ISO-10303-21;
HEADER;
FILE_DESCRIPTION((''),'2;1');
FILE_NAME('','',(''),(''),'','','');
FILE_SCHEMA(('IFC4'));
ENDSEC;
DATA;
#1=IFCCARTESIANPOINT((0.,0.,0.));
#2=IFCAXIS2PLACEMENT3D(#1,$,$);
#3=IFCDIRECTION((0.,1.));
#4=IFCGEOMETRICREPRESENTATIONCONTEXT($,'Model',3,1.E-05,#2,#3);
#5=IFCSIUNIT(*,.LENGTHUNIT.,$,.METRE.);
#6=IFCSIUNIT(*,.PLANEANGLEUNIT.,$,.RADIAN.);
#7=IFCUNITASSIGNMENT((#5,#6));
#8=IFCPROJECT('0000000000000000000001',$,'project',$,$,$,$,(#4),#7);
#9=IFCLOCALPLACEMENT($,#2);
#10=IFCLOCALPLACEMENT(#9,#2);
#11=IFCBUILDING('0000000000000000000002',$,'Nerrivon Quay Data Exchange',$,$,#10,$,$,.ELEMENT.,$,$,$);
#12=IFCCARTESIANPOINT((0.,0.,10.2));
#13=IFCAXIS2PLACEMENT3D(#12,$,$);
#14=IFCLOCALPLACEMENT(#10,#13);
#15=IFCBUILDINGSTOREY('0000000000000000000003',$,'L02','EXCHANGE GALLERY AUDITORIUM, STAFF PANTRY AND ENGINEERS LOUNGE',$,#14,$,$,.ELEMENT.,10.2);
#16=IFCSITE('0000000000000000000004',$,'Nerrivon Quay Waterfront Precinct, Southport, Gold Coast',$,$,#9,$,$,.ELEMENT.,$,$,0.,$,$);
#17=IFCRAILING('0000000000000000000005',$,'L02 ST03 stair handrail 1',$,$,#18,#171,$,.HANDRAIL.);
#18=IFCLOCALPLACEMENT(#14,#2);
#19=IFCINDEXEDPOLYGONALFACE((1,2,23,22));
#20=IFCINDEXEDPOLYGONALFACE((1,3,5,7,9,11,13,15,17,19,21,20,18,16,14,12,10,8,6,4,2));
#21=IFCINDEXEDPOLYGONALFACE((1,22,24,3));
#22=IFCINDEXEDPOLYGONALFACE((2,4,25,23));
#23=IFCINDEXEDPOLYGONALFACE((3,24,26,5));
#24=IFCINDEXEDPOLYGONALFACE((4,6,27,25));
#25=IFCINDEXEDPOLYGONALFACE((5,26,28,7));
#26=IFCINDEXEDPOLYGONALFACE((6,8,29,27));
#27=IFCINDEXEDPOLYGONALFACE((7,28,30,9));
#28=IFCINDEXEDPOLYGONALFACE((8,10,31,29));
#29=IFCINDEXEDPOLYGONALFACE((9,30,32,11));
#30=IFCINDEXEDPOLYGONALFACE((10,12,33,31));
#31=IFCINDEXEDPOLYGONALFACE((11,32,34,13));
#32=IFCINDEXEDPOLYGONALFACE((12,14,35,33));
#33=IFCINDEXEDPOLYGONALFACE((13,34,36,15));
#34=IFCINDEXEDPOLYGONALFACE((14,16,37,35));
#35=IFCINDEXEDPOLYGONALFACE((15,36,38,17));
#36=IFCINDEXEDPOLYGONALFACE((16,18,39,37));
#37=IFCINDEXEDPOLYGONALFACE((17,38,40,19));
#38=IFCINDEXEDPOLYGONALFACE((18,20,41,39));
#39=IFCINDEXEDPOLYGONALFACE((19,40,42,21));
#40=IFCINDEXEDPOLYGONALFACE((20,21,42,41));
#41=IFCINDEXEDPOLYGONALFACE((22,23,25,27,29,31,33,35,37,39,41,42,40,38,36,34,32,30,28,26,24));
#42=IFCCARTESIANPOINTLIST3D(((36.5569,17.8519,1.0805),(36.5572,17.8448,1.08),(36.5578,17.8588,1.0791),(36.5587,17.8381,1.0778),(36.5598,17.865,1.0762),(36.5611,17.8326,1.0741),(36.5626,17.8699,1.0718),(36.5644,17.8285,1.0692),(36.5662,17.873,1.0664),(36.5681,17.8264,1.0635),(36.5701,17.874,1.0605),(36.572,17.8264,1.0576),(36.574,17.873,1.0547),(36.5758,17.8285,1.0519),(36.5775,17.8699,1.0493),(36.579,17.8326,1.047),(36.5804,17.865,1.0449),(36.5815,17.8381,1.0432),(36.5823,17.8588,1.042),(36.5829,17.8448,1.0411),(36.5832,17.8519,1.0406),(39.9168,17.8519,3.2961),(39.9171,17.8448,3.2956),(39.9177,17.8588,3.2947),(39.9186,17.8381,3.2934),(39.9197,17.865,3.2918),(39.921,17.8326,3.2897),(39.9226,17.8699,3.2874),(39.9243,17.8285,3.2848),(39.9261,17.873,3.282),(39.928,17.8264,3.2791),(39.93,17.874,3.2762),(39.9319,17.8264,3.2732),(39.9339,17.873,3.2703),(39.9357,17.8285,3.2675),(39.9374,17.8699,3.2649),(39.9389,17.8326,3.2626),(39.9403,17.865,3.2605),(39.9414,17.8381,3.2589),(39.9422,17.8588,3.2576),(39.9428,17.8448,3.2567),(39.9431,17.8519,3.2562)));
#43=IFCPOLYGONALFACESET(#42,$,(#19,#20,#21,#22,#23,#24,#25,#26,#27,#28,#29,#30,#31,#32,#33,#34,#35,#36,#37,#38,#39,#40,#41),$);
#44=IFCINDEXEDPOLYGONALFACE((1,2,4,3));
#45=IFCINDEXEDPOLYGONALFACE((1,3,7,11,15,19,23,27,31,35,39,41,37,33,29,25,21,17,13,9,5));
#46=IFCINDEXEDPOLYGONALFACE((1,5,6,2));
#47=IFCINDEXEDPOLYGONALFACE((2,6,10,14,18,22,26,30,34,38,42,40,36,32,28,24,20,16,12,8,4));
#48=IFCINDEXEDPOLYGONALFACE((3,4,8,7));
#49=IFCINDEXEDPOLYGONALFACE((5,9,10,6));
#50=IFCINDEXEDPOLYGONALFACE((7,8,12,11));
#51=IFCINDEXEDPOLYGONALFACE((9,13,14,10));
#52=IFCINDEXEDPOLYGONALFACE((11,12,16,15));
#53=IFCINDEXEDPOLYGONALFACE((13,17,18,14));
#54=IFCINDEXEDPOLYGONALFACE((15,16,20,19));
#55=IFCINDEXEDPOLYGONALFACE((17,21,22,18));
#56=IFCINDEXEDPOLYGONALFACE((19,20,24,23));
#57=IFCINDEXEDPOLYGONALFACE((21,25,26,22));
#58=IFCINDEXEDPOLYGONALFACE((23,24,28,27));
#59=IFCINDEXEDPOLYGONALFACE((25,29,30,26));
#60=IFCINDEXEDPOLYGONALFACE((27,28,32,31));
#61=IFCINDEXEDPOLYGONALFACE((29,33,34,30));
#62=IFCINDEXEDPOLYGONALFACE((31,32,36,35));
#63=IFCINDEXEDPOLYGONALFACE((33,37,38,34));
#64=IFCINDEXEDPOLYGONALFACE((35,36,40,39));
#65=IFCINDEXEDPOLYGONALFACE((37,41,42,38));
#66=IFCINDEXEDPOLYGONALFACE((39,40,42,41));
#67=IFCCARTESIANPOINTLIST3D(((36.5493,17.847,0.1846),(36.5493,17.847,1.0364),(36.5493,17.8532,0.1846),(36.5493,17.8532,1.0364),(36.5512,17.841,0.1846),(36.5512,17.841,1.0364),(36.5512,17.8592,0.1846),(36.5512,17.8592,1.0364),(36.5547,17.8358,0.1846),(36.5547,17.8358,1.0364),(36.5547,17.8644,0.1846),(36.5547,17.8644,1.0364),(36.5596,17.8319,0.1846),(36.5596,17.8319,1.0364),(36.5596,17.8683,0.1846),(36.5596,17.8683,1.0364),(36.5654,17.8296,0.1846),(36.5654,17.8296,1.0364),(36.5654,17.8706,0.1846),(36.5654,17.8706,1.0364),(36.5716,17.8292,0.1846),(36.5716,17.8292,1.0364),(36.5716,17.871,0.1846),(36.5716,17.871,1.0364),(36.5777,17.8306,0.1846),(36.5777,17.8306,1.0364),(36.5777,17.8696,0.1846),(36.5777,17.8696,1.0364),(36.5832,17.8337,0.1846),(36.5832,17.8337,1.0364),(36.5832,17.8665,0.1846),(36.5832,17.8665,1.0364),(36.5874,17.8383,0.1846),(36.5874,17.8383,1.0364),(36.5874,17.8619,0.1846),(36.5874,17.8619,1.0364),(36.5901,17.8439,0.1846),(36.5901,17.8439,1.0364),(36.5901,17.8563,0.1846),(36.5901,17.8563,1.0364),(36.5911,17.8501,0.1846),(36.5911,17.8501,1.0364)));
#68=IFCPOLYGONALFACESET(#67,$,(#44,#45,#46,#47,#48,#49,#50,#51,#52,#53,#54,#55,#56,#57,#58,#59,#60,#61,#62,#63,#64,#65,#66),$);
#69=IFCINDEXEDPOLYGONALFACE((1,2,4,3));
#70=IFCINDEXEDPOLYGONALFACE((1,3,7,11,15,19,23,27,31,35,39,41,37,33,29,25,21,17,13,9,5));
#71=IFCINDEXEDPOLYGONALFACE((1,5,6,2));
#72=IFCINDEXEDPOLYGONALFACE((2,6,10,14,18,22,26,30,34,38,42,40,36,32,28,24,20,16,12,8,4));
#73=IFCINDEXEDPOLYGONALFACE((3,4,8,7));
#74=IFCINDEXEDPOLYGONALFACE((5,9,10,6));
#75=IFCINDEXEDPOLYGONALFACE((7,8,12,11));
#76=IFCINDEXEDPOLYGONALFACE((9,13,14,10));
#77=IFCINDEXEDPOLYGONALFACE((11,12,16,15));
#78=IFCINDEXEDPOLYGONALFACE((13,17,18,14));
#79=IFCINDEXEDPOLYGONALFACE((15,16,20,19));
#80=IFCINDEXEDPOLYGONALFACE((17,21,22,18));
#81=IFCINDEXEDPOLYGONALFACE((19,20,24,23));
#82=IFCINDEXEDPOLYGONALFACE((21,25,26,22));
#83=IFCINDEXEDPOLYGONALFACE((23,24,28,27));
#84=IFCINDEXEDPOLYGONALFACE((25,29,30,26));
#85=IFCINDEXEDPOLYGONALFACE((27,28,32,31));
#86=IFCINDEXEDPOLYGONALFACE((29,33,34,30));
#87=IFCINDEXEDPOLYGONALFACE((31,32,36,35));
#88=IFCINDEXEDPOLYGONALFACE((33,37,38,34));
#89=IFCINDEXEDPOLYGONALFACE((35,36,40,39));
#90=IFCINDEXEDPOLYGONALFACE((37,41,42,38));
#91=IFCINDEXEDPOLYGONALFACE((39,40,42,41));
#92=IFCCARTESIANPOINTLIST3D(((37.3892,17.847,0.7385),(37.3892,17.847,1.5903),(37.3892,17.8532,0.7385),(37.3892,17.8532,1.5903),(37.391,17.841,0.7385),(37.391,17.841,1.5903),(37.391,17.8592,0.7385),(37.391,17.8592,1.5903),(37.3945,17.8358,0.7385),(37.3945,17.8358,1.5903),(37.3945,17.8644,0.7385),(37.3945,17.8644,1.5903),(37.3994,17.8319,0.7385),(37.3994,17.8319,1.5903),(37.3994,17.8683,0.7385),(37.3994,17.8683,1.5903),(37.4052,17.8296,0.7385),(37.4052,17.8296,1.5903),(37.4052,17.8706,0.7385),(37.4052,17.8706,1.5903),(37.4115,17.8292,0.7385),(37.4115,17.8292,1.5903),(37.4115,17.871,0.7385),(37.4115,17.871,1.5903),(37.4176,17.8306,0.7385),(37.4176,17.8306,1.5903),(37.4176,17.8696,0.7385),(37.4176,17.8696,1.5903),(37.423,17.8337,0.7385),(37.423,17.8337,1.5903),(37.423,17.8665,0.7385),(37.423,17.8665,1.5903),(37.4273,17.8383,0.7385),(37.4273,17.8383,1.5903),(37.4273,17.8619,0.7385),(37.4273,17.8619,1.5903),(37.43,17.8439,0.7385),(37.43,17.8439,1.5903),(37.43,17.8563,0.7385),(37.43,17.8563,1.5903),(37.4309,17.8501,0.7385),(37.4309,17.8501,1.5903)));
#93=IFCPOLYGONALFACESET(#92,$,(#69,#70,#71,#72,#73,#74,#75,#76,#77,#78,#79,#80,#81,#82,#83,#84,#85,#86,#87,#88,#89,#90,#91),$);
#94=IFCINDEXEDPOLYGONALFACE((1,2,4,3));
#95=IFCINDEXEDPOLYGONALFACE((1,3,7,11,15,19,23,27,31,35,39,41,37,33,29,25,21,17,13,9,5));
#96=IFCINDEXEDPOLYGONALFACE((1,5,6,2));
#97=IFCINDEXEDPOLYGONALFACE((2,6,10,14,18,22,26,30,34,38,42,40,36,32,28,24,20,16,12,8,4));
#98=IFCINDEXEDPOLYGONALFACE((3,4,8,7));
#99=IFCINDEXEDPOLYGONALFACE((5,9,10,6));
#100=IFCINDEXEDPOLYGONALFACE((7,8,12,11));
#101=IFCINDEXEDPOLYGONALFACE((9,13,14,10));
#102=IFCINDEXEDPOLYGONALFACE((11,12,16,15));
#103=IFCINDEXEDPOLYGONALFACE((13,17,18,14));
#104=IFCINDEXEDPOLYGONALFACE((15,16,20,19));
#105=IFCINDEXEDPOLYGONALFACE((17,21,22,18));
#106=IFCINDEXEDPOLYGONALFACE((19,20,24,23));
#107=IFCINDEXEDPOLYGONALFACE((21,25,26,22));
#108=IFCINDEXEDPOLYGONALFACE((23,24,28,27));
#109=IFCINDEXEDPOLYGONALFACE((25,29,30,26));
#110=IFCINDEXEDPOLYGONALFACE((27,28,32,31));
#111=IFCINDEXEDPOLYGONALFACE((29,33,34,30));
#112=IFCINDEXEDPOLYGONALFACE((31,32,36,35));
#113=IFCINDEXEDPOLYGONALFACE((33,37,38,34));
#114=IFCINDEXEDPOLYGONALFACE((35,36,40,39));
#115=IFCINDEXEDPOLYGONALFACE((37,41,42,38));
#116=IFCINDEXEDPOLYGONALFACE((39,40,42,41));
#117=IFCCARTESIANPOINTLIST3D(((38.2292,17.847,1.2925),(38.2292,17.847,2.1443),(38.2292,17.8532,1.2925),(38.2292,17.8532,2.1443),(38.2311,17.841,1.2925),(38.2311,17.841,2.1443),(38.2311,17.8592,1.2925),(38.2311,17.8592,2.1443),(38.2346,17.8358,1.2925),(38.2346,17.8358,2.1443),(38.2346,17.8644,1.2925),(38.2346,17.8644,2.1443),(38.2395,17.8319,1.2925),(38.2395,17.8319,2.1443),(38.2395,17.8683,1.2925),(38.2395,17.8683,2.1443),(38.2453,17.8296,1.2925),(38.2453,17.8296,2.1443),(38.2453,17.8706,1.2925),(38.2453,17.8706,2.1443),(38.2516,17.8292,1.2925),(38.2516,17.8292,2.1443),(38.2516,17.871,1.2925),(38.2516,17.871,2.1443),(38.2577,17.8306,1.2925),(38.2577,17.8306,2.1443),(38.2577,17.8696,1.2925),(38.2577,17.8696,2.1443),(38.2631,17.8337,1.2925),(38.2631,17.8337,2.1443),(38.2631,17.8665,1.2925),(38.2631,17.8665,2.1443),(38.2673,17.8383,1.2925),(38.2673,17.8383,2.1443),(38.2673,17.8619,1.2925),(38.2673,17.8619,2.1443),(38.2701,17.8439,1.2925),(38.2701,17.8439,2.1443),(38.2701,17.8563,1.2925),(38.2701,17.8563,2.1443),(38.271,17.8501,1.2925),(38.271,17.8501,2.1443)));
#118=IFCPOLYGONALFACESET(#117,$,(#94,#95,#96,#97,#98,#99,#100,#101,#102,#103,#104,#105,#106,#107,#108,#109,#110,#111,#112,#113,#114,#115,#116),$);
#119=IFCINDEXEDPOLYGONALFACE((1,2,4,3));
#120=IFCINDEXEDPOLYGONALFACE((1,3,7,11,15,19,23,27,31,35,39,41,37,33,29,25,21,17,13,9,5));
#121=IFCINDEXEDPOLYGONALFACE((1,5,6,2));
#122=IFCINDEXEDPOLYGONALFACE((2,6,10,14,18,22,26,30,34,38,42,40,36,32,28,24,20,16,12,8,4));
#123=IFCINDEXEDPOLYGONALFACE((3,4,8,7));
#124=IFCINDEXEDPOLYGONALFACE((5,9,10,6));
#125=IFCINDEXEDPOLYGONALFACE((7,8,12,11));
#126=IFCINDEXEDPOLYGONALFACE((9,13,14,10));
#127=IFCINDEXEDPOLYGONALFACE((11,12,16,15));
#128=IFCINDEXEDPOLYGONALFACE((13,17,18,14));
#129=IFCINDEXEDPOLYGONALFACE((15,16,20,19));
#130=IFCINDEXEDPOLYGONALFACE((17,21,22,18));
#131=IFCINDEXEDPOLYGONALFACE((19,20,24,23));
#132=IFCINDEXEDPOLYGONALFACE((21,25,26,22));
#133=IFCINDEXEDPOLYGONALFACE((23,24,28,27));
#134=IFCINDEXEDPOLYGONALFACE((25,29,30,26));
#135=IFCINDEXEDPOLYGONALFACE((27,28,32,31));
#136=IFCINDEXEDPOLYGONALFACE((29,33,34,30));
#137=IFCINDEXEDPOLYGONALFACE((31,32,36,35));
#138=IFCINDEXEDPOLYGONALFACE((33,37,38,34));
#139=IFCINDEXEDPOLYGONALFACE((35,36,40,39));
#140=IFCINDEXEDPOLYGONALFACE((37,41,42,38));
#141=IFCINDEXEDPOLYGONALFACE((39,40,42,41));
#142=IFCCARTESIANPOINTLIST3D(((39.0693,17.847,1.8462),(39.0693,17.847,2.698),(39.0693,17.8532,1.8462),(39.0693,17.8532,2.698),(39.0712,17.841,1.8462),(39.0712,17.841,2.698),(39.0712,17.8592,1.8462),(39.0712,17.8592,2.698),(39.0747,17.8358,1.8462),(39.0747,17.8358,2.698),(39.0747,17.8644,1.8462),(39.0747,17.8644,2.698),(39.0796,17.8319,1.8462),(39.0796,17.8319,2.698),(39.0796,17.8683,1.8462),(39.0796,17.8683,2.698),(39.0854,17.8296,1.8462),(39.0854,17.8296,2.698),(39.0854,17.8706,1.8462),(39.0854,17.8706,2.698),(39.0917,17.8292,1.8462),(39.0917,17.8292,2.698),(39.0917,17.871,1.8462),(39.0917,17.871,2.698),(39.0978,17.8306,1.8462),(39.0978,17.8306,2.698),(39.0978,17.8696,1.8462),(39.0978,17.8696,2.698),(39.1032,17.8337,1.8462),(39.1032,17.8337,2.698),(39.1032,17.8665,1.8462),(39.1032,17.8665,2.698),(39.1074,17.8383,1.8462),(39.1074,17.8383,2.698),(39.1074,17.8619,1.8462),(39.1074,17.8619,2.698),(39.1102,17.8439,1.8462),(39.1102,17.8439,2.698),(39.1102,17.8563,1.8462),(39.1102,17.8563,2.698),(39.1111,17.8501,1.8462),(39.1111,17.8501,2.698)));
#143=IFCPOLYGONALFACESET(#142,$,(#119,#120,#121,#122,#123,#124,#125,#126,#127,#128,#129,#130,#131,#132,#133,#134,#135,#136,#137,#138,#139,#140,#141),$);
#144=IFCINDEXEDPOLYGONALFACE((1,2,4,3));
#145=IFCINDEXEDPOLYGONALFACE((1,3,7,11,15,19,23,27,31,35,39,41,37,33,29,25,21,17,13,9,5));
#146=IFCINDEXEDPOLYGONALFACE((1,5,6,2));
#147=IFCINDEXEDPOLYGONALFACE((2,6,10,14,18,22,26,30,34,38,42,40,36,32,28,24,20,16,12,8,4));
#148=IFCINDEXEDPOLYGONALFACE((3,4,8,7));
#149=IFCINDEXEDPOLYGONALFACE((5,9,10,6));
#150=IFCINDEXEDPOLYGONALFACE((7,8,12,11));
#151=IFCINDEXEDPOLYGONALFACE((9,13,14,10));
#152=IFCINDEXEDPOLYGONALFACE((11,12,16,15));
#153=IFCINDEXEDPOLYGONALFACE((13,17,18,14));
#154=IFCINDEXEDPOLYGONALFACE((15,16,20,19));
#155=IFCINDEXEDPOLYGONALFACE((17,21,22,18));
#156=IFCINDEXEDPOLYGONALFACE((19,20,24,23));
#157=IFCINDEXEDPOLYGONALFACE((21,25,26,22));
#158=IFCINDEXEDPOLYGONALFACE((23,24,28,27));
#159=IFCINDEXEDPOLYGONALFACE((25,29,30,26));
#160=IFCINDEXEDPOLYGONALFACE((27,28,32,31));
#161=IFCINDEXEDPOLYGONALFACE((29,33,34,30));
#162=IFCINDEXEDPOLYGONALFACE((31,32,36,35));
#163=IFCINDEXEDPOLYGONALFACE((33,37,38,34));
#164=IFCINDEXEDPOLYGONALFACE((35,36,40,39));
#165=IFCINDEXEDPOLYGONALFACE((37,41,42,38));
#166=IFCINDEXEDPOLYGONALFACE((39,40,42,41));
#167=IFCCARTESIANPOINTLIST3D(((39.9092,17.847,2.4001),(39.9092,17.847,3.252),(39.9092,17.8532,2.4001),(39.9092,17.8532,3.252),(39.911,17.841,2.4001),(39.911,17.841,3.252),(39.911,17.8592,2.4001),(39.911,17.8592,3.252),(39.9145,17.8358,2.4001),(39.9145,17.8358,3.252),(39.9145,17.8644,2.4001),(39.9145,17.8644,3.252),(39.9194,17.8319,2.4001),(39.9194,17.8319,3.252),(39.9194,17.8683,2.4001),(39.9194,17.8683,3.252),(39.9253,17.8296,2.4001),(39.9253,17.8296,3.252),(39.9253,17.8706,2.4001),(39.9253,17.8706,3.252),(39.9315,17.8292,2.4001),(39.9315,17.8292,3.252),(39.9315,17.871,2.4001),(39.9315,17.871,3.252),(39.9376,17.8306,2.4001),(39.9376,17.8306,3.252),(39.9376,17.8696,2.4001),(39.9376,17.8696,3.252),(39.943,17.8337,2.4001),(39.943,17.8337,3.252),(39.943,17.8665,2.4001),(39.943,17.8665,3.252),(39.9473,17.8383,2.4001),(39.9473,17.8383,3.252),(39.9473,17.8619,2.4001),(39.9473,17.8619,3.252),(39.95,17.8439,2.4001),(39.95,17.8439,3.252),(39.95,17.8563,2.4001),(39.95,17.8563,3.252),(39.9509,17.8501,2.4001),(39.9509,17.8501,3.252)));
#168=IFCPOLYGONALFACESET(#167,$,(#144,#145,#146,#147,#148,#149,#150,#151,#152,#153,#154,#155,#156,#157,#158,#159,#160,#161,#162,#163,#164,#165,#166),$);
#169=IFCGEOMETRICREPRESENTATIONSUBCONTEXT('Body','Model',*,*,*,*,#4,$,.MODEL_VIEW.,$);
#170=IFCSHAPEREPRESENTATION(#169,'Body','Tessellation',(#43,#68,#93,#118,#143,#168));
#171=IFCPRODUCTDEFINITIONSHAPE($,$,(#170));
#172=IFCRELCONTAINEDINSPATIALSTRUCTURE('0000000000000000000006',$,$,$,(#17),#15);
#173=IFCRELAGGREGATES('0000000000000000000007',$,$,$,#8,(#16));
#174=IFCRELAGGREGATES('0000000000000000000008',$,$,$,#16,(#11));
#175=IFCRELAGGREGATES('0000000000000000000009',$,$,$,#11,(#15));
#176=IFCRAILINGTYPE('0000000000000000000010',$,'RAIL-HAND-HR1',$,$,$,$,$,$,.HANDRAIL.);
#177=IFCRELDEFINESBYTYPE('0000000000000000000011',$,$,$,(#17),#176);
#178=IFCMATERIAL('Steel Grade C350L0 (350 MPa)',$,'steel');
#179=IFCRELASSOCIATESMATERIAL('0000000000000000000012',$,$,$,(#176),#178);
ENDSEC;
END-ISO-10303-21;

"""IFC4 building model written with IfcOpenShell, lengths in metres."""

from ifc_helpers import new_model, si_unit, direction, frame, origin, origin_2d, place, context, subcontext, project, spatial, circle, extrude, material, type_object, element, save


model = new_model("IFC4")

# Units and contexts
model_context = context("Model", 3, precision=1e-05, world=origin(), true_north=direction((0.0, 1.0)))
body_context = subcontext(model_context, "Body", "Model", "MODEL_VIEW")
ifc_project = project(units=[si_unit("LENGTHUNIT", "METRE"), si_unit("PLANEANGLEUNIT", "RADIAN")], contexts=[model_context])

# Site, building, storey
site_placement = place(None, origin())
site = spatial("IfcSite", under=ifc_project, at=site_placement, Name="Nerrivon Quay Waterfront Precinct, Southport, Gold Coast", CompositionType="ELEMENT", RefElevation=0.0)
building_placement = place(site_placement, origin())
building = spatial("IfcBuilding", under=site, at=building_placement, Name="Nerrivon Quay Data Exchange", CompositionType="ELEMENT")
storey_placement = place(building_placement, frame((0.0, 0.0, 10.2)))
storey = spatial("IfcBuildingStorey", under=building, at=storey_placement, Name="L02", Description="EXCHANGE GALLERY AUDITORIUM, STAFF PANTRY AND ENGINEERS LOUNGE", CompositionType="ELEMENT", Elevation=10.2)

# Railing
ifc_material_1 = material(Name="Steel Grade C350L0 (350 MPa)", Category="steel")
railing_type_1 = type_object("IfcRailingType", Name="RAIL-HAND-HR1", PredefinedType="HANDRAIL", material=ifc_material_1)
railing_1_placement = place(storey_placement, frame((36.5701, 17.8501, 0.1846)))
element("IfcRailing", 1, at=railing_1_placement, inside=storey, type_object=railing_type_1, Name="L02 ST03 stair handrail 1", PredefinedType="HANDRAIL", context=body_context, shape_type="SweptSolid", body=[
    extrude(circle(Radius=0.0239, at=origin_2d()), frame((0.0, 0.0, 0.876), z_axis=(0.83483, 0.0, 0.550508), x_axis=(0.0, 1.0, 0.0)), (0.0, 0.0, 1.0), 4.0247),
    extrude(circle(Radius=0.021, at=origin_2d()), origin(), (0.0, 0.0, 1.0), 0.8518),
    extrude(circle(Radius=0.021, at=origin_2d()), frame((0.8398, 0.0, 0.554)), (0.0, 0.0, 1.0), 0.8518),
    extrude(circle(Radius=0.021, at=origin_2d()), frame((1.6799, 0.0, 1.1079)), (0.0, 0.0, 1.0), 0.8518),
    extrude(circle(Radius=0.021, at=origin_2d()), frame((2.52, 0.0, 1.6616)), (0.0, 0.0, 1.0), 0.8518),
    extrude(circle(Radius=0.021, at=origin_2d()), frame((3.3599, 0.0, 2.2156)), (0.0, 0.0, 1.0), 0.8518),
])

save(model, "model.ifc")
